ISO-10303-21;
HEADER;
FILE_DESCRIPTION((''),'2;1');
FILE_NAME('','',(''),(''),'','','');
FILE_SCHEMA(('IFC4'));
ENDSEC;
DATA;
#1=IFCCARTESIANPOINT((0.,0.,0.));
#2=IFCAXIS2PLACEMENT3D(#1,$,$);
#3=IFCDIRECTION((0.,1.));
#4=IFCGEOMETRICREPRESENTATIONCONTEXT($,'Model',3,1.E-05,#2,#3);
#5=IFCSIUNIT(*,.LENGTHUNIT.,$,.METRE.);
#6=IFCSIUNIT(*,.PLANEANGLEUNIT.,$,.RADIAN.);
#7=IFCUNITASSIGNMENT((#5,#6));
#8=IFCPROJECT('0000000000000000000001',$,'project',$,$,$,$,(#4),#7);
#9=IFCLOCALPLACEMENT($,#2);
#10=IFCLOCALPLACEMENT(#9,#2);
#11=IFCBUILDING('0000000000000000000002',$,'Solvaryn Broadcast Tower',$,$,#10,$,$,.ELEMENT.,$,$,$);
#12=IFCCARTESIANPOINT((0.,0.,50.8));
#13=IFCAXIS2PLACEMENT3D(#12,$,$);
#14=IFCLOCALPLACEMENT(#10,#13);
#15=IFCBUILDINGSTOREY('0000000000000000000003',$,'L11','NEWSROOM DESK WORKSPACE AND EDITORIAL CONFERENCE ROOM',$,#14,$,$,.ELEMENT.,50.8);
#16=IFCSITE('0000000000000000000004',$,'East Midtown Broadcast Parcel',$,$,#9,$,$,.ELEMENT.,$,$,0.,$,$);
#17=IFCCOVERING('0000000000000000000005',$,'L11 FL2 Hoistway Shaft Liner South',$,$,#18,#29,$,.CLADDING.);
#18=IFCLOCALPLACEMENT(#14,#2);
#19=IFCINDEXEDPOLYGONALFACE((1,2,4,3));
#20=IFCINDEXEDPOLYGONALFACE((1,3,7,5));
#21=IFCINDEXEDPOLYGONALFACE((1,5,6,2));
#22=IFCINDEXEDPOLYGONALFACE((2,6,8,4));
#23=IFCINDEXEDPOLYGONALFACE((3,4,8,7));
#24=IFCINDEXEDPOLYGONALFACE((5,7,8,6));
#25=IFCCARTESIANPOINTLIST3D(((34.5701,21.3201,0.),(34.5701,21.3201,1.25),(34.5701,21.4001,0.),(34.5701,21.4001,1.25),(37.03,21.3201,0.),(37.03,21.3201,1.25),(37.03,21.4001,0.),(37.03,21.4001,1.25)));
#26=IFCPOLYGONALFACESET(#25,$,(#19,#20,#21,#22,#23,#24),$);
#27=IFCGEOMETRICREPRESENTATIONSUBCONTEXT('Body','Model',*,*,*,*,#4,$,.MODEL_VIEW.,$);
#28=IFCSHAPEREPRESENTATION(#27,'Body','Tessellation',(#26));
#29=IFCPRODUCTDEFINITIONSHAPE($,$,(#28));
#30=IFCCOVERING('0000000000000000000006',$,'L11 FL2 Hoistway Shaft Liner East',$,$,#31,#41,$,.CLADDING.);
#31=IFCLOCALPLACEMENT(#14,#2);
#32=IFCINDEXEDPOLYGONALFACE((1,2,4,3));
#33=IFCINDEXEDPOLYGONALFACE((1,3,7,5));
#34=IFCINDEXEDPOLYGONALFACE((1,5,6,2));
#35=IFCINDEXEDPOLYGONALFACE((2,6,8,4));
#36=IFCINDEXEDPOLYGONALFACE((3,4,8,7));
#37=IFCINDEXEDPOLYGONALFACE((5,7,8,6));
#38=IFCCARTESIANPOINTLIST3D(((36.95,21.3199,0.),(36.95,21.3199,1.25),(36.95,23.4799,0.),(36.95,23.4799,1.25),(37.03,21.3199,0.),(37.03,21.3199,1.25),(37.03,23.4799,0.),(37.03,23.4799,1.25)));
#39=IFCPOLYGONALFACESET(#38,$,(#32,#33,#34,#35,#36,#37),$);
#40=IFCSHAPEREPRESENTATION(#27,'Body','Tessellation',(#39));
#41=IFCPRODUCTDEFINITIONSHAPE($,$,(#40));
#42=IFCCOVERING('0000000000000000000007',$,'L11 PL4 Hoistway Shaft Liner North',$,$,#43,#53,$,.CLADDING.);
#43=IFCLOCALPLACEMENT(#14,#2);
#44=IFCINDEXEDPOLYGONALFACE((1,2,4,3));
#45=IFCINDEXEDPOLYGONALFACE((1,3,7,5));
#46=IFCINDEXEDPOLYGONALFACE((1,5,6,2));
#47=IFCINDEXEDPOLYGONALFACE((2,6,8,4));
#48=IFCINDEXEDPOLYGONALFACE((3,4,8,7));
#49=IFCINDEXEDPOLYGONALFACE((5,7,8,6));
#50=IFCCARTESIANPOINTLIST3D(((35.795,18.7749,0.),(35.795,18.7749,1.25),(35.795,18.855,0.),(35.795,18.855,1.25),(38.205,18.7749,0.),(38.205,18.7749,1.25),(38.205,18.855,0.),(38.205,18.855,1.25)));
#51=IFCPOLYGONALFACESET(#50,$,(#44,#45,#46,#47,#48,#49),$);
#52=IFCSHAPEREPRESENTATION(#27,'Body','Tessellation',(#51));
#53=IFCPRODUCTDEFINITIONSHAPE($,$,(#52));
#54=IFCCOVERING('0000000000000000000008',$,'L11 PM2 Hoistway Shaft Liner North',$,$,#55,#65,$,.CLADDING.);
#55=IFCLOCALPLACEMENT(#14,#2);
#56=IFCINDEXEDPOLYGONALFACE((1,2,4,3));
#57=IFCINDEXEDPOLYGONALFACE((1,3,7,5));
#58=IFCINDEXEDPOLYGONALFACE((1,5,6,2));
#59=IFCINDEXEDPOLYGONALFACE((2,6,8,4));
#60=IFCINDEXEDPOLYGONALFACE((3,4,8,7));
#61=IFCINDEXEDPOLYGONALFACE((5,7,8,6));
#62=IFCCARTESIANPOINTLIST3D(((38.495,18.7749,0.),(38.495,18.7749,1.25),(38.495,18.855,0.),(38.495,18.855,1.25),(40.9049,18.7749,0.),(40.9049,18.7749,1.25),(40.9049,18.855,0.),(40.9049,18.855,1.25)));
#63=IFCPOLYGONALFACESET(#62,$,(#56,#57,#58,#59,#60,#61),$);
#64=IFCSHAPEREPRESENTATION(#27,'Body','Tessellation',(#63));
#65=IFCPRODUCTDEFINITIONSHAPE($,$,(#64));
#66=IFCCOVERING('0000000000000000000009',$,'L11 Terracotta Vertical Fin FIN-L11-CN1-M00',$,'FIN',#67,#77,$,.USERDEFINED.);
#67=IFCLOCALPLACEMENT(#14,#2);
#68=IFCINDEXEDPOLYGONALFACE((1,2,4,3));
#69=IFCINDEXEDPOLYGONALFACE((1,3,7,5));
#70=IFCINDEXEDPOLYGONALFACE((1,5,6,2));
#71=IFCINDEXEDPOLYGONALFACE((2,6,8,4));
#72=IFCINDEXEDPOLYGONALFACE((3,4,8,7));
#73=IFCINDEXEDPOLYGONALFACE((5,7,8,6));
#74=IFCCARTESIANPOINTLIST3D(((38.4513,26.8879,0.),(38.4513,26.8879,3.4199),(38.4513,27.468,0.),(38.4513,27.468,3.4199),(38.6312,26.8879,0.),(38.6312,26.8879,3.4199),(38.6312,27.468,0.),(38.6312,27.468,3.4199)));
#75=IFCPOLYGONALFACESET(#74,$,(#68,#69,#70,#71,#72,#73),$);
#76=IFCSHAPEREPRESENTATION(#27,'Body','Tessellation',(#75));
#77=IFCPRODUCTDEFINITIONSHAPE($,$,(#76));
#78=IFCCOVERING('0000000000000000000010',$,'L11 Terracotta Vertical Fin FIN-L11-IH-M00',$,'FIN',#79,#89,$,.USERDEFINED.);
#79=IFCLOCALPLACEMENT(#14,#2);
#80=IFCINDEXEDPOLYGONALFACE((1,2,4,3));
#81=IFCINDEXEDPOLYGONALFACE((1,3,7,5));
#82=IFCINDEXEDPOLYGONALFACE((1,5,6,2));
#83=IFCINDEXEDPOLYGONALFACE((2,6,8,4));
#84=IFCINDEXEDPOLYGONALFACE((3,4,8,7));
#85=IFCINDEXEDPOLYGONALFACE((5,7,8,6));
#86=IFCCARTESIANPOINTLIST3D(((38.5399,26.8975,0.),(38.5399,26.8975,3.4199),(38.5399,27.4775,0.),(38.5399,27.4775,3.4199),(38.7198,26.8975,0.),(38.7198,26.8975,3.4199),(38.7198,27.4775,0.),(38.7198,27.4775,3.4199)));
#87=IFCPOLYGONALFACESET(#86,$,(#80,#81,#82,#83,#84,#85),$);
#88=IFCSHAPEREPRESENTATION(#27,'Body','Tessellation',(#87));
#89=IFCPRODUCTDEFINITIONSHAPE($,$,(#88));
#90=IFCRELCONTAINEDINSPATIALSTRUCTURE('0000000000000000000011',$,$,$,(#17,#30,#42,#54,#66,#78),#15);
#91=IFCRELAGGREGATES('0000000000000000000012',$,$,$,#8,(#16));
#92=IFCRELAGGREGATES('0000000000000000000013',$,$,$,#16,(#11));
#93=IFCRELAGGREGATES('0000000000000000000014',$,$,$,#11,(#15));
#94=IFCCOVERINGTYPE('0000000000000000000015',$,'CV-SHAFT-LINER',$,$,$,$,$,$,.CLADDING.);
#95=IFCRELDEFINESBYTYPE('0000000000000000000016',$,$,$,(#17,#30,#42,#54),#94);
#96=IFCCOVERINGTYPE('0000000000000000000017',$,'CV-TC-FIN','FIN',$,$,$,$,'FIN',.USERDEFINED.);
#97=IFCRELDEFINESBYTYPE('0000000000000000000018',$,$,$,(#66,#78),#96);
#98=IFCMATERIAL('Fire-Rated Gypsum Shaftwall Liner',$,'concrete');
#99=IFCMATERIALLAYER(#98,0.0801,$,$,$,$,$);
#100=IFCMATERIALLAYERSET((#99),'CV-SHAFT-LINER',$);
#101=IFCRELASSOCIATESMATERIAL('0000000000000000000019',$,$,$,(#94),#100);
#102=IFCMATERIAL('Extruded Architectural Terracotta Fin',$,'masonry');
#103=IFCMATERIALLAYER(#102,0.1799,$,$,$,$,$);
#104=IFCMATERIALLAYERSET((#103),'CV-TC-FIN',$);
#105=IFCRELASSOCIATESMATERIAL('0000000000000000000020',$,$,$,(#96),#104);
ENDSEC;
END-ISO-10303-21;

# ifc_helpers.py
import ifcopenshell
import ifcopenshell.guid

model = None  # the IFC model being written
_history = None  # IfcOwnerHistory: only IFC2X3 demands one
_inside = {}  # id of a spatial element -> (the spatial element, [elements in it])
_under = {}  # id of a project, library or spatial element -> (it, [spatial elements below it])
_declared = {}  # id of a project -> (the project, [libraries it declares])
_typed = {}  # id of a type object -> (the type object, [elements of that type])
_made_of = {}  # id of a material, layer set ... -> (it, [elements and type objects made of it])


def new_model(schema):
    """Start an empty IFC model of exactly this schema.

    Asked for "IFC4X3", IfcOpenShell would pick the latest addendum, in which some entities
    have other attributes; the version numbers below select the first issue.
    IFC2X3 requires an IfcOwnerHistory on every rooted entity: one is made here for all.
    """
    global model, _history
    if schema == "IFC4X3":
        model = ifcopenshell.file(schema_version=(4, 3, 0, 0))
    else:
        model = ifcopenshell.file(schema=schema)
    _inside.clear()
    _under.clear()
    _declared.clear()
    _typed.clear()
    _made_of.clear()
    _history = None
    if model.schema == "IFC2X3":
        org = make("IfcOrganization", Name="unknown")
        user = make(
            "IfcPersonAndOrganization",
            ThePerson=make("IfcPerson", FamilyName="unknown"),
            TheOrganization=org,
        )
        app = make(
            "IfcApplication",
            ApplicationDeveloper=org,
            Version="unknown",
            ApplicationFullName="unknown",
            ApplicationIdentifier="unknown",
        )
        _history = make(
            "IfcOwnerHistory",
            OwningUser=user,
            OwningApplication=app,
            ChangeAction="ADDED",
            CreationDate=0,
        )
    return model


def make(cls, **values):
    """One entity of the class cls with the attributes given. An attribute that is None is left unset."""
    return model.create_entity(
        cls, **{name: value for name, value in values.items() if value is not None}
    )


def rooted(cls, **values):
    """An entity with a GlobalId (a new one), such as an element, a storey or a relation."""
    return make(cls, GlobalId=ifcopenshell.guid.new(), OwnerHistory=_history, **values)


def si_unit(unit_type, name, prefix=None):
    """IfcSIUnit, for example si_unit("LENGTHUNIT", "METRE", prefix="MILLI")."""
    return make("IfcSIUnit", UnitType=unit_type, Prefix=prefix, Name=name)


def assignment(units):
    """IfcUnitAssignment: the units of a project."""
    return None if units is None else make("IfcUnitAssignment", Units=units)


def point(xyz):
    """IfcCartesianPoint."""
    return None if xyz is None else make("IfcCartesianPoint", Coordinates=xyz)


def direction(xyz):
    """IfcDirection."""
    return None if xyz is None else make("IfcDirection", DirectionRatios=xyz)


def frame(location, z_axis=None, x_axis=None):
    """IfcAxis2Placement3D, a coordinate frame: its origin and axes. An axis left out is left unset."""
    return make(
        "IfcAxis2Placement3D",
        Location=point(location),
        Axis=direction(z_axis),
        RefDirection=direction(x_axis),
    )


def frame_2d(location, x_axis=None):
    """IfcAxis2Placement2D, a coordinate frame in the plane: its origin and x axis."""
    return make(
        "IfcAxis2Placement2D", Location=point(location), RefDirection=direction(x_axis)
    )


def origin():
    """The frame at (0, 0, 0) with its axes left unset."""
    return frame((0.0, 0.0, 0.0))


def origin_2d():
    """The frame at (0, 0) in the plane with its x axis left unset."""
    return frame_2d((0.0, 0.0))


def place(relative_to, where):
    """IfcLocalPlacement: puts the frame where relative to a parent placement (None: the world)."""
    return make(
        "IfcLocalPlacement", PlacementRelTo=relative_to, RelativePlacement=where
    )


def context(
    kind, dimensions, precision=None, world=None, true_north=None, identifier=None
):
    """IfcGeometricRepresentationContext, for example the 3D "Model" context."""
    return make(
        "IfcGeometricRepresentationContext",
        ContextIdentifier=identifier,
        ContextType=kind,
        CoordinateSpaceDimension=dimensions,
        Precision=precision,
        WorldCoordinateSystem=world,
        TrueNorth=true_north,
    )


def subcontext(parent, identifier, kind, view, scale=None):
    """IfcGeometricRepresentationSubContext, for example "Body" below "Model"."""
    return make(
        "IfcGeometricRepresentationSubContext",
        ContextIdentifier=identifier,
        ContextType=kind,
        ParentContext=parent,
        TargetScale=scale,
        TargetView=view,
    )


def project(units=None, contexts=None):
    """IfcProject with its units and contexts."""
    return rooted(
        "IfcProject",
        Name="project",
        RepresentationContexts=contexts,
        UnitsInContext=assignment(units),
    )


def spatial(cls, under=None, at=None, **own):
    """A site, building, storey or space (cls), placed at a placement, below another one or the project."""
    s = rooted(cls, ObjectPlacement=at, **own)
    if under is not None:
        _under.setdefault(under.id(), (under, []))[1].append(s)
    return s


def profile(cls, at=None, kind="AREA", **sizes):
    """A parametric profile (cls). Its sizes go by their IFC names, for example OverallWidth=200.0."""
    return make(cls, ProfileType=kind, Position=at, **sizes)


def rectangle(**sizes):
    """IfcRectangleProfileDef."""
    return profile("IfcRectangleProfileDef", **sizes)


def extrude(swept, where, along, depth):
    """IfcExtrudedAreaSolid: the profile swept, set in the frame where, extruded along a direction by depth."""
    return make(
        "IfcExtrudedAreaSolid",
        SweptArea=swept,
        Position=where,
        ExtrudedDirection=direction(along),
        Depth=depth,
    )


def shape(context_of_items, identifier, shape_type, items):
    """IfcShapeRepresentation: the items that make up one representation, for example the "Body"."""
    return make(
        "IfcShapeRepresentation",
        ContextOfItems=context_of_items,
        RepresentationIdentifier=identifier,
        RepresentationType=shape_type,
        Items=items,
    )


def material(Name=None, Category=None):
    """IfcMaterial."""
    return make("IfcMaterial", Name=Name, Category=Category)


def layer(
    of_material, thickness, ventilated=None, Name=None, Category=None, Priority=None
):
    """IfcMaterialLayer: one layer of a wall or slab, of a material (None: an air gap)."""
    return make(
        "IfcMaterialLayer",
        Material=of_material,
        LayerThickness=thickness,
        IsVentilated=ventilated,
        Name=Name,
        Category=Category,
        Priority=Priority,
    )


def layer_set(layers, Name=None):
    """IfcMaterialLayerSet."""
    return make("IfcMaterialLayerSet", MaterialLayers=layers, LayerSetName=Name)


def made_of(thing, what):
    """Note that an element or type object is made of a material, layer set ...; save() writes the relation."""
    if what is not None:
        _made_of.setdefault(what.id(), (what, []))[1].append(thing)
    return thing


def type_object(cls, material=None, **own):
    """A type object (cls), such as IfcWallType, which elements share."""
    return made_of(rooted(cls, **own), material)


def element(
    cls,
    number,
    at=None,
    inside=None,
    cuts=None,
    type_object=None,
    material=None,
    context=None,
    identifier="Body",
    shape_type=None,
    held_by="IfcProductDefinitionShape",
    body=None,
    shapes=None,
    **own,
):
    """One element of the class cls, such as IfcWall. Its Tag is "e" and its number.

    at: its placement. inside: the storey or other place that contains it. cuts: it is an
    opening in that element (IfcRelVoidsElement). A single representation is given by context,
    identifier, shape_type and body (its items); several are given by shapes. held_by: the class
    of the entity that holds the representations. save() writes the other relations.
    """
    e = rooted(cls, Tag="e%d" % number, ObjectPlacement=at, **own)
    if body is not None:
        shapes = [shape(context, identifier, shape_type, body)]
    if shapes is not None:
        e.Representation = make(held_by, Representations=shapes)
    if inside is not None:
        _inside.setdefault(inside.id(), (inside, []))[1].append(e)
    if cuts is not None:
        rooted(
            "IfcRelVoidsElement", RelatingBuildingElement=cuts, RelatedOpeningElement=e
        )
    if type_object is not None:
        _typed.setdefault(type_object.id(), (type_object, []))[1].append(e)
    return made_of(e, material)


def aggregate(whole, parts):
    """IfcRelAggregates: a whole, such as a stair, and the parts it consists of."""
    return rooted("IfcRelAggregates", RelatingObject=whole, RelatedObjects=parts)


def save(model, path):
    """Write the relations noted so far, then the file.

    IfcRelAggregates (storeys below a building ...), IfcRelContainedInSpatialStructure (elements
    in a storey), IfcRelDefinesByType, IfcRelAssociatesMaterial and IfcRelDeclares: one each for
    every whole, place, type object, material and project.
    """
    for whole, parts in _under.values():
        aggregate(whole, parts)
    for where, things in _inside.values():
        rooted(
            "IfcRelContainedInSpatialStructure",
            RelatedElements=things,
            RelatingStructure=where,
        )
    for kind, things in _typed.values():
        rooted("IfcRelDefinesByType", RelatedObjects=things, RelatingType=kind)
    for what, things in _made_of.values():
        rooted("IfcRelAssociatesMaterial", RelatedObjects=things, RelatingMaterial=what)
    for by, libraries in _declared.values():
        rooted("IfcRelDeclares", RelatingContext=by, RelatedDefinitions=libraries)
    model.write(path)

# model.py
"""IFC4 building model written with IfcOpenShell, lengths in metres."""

from ifc_helpers import new_model, si_unit, direction, frame, origin, origin_2d, place, context, subcontext, project, spatial, rectangle, extrude, material, layer, layer_set, type_object, element, save


model = new_model("IFC4")

# Units and contexts
model_context = context("Model", 3, precision=1e-05, world=origin(), true_north=direction((0.0, 1.0)))
body_context = subcontext(model_context, "Body", "Model", "MODEL_VIEW")
ifc_project = project(units=[si_unit("LENGTHUNIT", "METRE"), si_unit("PLANEANGLEUNIT", "RADIAN")], contexts=[model_context])

# Site, building, storey
site_placement = place(None, origin())
site = spatial("IfcSite", under=ifc_project, at=site_placement, Name="East Midtown Broadcast Parcel", CompositionType="ELEMENT", RefElevation=0.0)
building_placement = place(site_placement, origin())
building = spatial("IfcBuilding", under=site, at=building_placement, Name="Solvaryn Broadcast Tower", CompositionType="ELEMENT")
storey_placement = place(building_placement, frame((0.0, 0.0, 50.8)))
storey = spatial("IfcBuildingStorey", under=building, at=storey_placement, Name="L11", Description="NEWSROOM DESK WORKSPACE AND EDITORIAL CONFERENCE ROOM", CompositionType="ELEMENT", Elevation=50.8)

# Coverings
ifc_material_1 = material(Name="Fire-Rated Gypsum Shaftwall Liner", Category="concrete")
ifc_layer_1 = layer(ifc_material_1, 0.0801)
ifc_layer_set_1 = layer_set([ifc_layer_1], Name="CV-SHAFT-LINER")
covering_type_1 = type_object("IfcCoveringType", Name="CV-SHAFT-LINER", PredefinedType="CLADDING", material=ifc_layer_set_1)
for number, where, z_axis, x_axis, name in (
    (1, (35.8, 21.3601, 0.0), (0.0, 0.0, 1.0), (1.0, 0.0, 0.0), "L11 FL2 Hoistway Shaft Liner South"),
):
    element("IfcCovering", number, at=place(storey_placement, frame(where, z_axis=z_axis, x_axis=x_axis)), inside=storey, type_object=covering_type_1, Name=name, PredefinedType="CLADDING", context=body_context, shape_type="SweptSolid", body=[
        extrude(rectangle(XDim=2.46, YDim=0.0801, at=origin_2d()), origin(), (0.0, 0.0, 1.0), 1.25),
    ])
covering_placement = place(storey_placement, frame((36.99, 22.3999, 0.0), z_axis=(0.0, 0.0, 1.0), x_axis=(1.0, 0.0, 0.0)))
element("IfcCovering", 2, at=covering_placement, inside=storey, type_object=covering_type_1, Name="L11 FL2 Hoistway Shaft Liner East", PredefinedType="CLADDING", context=body_context, shape_type="SweptSolid", body=[
    extrude(rectangle(XDim=0.0801, YDim=2.1599, at=origin_2d()), origin(), (0.0, 0.0, 1.0), 1.25),
])
for number, where, z_axis, x_axis, name in (
    (3, (37.0, 18.8149, 0.0), (0.0, 0.0, 1.0), (1.0, 0.0, 0.0), "L11 PL4 Hoistway Shaft Liner North"),
    (4, (39.7, 18.8149, 0.0), (0.0, 0.0, 1.0), (1.0, 0.0, 0.0), "L11 PM2 Hoistway Shaft Liner North"),
):
    element("IfcCovering", number, at=place(storey_placement, frame(where, z_axis=z_axis, x_axis=x_axis)), inside=storey, type_object=covering_type_1, Name=name, PredefinedType="CLADDING", context=body_context, shape_type="SweptSolid", body=[
        extrude(rectangle(XDim=2.4099, YDim=0.0801, at=origin_2d()), origin(), (0.0, 0.0, 1.0), 1.25),
    ])
ifc_material_2 = material(Name="Extruded Architectural Terracotta Fin", Category="masonry")
ifc_layer_2 = layer(ifc_material_2, 0.1799)
ifc_layer_set_2 = layer_set([ifc_layer_2], Name="CV-TC-FIN")
covering_type_2 = type_object("IfcCoveringType", Name="CV-TC-FIN", Description="FIN", ElementType="FIN", PredefinedType="USERDEFINED", material=ifc_layer_set_2)
for number, where, z_axis, x_axis, name in (
    (5, (38.5413, 27.178, 0.0), (0.0, 0.0, 1.0), (1.0, 0.0, 0.0), "L11 Terracotta Vertical Fin FIN-L11-CN1-M00"),
    (6, (38.6299, 27.1875, 0.0), (0.0, 0.0, 1.0), (1.0, 0.0, 0.0), "L11 Terracotta Vertical Fin FIN-L11-IH-M00"),
):
    element("IfcCovering", number, at=place(storey_placement, frame(where, z_axis=z_axis, x_axis=x_axis)), inside=storey, type_object=covering_type_2, Name=name, ObjectType="FIN", PredefinedType="USERDEFINED", context=body_context, shape_type="SweptSolid", body=[
        extrude(rectangle(XDim=0.1799, YDim=0.5801, at=origin_2d()), origin(), (0.0, 0.0, 1.0), 3.4199),
    ])

save(model, "model.ifc")
